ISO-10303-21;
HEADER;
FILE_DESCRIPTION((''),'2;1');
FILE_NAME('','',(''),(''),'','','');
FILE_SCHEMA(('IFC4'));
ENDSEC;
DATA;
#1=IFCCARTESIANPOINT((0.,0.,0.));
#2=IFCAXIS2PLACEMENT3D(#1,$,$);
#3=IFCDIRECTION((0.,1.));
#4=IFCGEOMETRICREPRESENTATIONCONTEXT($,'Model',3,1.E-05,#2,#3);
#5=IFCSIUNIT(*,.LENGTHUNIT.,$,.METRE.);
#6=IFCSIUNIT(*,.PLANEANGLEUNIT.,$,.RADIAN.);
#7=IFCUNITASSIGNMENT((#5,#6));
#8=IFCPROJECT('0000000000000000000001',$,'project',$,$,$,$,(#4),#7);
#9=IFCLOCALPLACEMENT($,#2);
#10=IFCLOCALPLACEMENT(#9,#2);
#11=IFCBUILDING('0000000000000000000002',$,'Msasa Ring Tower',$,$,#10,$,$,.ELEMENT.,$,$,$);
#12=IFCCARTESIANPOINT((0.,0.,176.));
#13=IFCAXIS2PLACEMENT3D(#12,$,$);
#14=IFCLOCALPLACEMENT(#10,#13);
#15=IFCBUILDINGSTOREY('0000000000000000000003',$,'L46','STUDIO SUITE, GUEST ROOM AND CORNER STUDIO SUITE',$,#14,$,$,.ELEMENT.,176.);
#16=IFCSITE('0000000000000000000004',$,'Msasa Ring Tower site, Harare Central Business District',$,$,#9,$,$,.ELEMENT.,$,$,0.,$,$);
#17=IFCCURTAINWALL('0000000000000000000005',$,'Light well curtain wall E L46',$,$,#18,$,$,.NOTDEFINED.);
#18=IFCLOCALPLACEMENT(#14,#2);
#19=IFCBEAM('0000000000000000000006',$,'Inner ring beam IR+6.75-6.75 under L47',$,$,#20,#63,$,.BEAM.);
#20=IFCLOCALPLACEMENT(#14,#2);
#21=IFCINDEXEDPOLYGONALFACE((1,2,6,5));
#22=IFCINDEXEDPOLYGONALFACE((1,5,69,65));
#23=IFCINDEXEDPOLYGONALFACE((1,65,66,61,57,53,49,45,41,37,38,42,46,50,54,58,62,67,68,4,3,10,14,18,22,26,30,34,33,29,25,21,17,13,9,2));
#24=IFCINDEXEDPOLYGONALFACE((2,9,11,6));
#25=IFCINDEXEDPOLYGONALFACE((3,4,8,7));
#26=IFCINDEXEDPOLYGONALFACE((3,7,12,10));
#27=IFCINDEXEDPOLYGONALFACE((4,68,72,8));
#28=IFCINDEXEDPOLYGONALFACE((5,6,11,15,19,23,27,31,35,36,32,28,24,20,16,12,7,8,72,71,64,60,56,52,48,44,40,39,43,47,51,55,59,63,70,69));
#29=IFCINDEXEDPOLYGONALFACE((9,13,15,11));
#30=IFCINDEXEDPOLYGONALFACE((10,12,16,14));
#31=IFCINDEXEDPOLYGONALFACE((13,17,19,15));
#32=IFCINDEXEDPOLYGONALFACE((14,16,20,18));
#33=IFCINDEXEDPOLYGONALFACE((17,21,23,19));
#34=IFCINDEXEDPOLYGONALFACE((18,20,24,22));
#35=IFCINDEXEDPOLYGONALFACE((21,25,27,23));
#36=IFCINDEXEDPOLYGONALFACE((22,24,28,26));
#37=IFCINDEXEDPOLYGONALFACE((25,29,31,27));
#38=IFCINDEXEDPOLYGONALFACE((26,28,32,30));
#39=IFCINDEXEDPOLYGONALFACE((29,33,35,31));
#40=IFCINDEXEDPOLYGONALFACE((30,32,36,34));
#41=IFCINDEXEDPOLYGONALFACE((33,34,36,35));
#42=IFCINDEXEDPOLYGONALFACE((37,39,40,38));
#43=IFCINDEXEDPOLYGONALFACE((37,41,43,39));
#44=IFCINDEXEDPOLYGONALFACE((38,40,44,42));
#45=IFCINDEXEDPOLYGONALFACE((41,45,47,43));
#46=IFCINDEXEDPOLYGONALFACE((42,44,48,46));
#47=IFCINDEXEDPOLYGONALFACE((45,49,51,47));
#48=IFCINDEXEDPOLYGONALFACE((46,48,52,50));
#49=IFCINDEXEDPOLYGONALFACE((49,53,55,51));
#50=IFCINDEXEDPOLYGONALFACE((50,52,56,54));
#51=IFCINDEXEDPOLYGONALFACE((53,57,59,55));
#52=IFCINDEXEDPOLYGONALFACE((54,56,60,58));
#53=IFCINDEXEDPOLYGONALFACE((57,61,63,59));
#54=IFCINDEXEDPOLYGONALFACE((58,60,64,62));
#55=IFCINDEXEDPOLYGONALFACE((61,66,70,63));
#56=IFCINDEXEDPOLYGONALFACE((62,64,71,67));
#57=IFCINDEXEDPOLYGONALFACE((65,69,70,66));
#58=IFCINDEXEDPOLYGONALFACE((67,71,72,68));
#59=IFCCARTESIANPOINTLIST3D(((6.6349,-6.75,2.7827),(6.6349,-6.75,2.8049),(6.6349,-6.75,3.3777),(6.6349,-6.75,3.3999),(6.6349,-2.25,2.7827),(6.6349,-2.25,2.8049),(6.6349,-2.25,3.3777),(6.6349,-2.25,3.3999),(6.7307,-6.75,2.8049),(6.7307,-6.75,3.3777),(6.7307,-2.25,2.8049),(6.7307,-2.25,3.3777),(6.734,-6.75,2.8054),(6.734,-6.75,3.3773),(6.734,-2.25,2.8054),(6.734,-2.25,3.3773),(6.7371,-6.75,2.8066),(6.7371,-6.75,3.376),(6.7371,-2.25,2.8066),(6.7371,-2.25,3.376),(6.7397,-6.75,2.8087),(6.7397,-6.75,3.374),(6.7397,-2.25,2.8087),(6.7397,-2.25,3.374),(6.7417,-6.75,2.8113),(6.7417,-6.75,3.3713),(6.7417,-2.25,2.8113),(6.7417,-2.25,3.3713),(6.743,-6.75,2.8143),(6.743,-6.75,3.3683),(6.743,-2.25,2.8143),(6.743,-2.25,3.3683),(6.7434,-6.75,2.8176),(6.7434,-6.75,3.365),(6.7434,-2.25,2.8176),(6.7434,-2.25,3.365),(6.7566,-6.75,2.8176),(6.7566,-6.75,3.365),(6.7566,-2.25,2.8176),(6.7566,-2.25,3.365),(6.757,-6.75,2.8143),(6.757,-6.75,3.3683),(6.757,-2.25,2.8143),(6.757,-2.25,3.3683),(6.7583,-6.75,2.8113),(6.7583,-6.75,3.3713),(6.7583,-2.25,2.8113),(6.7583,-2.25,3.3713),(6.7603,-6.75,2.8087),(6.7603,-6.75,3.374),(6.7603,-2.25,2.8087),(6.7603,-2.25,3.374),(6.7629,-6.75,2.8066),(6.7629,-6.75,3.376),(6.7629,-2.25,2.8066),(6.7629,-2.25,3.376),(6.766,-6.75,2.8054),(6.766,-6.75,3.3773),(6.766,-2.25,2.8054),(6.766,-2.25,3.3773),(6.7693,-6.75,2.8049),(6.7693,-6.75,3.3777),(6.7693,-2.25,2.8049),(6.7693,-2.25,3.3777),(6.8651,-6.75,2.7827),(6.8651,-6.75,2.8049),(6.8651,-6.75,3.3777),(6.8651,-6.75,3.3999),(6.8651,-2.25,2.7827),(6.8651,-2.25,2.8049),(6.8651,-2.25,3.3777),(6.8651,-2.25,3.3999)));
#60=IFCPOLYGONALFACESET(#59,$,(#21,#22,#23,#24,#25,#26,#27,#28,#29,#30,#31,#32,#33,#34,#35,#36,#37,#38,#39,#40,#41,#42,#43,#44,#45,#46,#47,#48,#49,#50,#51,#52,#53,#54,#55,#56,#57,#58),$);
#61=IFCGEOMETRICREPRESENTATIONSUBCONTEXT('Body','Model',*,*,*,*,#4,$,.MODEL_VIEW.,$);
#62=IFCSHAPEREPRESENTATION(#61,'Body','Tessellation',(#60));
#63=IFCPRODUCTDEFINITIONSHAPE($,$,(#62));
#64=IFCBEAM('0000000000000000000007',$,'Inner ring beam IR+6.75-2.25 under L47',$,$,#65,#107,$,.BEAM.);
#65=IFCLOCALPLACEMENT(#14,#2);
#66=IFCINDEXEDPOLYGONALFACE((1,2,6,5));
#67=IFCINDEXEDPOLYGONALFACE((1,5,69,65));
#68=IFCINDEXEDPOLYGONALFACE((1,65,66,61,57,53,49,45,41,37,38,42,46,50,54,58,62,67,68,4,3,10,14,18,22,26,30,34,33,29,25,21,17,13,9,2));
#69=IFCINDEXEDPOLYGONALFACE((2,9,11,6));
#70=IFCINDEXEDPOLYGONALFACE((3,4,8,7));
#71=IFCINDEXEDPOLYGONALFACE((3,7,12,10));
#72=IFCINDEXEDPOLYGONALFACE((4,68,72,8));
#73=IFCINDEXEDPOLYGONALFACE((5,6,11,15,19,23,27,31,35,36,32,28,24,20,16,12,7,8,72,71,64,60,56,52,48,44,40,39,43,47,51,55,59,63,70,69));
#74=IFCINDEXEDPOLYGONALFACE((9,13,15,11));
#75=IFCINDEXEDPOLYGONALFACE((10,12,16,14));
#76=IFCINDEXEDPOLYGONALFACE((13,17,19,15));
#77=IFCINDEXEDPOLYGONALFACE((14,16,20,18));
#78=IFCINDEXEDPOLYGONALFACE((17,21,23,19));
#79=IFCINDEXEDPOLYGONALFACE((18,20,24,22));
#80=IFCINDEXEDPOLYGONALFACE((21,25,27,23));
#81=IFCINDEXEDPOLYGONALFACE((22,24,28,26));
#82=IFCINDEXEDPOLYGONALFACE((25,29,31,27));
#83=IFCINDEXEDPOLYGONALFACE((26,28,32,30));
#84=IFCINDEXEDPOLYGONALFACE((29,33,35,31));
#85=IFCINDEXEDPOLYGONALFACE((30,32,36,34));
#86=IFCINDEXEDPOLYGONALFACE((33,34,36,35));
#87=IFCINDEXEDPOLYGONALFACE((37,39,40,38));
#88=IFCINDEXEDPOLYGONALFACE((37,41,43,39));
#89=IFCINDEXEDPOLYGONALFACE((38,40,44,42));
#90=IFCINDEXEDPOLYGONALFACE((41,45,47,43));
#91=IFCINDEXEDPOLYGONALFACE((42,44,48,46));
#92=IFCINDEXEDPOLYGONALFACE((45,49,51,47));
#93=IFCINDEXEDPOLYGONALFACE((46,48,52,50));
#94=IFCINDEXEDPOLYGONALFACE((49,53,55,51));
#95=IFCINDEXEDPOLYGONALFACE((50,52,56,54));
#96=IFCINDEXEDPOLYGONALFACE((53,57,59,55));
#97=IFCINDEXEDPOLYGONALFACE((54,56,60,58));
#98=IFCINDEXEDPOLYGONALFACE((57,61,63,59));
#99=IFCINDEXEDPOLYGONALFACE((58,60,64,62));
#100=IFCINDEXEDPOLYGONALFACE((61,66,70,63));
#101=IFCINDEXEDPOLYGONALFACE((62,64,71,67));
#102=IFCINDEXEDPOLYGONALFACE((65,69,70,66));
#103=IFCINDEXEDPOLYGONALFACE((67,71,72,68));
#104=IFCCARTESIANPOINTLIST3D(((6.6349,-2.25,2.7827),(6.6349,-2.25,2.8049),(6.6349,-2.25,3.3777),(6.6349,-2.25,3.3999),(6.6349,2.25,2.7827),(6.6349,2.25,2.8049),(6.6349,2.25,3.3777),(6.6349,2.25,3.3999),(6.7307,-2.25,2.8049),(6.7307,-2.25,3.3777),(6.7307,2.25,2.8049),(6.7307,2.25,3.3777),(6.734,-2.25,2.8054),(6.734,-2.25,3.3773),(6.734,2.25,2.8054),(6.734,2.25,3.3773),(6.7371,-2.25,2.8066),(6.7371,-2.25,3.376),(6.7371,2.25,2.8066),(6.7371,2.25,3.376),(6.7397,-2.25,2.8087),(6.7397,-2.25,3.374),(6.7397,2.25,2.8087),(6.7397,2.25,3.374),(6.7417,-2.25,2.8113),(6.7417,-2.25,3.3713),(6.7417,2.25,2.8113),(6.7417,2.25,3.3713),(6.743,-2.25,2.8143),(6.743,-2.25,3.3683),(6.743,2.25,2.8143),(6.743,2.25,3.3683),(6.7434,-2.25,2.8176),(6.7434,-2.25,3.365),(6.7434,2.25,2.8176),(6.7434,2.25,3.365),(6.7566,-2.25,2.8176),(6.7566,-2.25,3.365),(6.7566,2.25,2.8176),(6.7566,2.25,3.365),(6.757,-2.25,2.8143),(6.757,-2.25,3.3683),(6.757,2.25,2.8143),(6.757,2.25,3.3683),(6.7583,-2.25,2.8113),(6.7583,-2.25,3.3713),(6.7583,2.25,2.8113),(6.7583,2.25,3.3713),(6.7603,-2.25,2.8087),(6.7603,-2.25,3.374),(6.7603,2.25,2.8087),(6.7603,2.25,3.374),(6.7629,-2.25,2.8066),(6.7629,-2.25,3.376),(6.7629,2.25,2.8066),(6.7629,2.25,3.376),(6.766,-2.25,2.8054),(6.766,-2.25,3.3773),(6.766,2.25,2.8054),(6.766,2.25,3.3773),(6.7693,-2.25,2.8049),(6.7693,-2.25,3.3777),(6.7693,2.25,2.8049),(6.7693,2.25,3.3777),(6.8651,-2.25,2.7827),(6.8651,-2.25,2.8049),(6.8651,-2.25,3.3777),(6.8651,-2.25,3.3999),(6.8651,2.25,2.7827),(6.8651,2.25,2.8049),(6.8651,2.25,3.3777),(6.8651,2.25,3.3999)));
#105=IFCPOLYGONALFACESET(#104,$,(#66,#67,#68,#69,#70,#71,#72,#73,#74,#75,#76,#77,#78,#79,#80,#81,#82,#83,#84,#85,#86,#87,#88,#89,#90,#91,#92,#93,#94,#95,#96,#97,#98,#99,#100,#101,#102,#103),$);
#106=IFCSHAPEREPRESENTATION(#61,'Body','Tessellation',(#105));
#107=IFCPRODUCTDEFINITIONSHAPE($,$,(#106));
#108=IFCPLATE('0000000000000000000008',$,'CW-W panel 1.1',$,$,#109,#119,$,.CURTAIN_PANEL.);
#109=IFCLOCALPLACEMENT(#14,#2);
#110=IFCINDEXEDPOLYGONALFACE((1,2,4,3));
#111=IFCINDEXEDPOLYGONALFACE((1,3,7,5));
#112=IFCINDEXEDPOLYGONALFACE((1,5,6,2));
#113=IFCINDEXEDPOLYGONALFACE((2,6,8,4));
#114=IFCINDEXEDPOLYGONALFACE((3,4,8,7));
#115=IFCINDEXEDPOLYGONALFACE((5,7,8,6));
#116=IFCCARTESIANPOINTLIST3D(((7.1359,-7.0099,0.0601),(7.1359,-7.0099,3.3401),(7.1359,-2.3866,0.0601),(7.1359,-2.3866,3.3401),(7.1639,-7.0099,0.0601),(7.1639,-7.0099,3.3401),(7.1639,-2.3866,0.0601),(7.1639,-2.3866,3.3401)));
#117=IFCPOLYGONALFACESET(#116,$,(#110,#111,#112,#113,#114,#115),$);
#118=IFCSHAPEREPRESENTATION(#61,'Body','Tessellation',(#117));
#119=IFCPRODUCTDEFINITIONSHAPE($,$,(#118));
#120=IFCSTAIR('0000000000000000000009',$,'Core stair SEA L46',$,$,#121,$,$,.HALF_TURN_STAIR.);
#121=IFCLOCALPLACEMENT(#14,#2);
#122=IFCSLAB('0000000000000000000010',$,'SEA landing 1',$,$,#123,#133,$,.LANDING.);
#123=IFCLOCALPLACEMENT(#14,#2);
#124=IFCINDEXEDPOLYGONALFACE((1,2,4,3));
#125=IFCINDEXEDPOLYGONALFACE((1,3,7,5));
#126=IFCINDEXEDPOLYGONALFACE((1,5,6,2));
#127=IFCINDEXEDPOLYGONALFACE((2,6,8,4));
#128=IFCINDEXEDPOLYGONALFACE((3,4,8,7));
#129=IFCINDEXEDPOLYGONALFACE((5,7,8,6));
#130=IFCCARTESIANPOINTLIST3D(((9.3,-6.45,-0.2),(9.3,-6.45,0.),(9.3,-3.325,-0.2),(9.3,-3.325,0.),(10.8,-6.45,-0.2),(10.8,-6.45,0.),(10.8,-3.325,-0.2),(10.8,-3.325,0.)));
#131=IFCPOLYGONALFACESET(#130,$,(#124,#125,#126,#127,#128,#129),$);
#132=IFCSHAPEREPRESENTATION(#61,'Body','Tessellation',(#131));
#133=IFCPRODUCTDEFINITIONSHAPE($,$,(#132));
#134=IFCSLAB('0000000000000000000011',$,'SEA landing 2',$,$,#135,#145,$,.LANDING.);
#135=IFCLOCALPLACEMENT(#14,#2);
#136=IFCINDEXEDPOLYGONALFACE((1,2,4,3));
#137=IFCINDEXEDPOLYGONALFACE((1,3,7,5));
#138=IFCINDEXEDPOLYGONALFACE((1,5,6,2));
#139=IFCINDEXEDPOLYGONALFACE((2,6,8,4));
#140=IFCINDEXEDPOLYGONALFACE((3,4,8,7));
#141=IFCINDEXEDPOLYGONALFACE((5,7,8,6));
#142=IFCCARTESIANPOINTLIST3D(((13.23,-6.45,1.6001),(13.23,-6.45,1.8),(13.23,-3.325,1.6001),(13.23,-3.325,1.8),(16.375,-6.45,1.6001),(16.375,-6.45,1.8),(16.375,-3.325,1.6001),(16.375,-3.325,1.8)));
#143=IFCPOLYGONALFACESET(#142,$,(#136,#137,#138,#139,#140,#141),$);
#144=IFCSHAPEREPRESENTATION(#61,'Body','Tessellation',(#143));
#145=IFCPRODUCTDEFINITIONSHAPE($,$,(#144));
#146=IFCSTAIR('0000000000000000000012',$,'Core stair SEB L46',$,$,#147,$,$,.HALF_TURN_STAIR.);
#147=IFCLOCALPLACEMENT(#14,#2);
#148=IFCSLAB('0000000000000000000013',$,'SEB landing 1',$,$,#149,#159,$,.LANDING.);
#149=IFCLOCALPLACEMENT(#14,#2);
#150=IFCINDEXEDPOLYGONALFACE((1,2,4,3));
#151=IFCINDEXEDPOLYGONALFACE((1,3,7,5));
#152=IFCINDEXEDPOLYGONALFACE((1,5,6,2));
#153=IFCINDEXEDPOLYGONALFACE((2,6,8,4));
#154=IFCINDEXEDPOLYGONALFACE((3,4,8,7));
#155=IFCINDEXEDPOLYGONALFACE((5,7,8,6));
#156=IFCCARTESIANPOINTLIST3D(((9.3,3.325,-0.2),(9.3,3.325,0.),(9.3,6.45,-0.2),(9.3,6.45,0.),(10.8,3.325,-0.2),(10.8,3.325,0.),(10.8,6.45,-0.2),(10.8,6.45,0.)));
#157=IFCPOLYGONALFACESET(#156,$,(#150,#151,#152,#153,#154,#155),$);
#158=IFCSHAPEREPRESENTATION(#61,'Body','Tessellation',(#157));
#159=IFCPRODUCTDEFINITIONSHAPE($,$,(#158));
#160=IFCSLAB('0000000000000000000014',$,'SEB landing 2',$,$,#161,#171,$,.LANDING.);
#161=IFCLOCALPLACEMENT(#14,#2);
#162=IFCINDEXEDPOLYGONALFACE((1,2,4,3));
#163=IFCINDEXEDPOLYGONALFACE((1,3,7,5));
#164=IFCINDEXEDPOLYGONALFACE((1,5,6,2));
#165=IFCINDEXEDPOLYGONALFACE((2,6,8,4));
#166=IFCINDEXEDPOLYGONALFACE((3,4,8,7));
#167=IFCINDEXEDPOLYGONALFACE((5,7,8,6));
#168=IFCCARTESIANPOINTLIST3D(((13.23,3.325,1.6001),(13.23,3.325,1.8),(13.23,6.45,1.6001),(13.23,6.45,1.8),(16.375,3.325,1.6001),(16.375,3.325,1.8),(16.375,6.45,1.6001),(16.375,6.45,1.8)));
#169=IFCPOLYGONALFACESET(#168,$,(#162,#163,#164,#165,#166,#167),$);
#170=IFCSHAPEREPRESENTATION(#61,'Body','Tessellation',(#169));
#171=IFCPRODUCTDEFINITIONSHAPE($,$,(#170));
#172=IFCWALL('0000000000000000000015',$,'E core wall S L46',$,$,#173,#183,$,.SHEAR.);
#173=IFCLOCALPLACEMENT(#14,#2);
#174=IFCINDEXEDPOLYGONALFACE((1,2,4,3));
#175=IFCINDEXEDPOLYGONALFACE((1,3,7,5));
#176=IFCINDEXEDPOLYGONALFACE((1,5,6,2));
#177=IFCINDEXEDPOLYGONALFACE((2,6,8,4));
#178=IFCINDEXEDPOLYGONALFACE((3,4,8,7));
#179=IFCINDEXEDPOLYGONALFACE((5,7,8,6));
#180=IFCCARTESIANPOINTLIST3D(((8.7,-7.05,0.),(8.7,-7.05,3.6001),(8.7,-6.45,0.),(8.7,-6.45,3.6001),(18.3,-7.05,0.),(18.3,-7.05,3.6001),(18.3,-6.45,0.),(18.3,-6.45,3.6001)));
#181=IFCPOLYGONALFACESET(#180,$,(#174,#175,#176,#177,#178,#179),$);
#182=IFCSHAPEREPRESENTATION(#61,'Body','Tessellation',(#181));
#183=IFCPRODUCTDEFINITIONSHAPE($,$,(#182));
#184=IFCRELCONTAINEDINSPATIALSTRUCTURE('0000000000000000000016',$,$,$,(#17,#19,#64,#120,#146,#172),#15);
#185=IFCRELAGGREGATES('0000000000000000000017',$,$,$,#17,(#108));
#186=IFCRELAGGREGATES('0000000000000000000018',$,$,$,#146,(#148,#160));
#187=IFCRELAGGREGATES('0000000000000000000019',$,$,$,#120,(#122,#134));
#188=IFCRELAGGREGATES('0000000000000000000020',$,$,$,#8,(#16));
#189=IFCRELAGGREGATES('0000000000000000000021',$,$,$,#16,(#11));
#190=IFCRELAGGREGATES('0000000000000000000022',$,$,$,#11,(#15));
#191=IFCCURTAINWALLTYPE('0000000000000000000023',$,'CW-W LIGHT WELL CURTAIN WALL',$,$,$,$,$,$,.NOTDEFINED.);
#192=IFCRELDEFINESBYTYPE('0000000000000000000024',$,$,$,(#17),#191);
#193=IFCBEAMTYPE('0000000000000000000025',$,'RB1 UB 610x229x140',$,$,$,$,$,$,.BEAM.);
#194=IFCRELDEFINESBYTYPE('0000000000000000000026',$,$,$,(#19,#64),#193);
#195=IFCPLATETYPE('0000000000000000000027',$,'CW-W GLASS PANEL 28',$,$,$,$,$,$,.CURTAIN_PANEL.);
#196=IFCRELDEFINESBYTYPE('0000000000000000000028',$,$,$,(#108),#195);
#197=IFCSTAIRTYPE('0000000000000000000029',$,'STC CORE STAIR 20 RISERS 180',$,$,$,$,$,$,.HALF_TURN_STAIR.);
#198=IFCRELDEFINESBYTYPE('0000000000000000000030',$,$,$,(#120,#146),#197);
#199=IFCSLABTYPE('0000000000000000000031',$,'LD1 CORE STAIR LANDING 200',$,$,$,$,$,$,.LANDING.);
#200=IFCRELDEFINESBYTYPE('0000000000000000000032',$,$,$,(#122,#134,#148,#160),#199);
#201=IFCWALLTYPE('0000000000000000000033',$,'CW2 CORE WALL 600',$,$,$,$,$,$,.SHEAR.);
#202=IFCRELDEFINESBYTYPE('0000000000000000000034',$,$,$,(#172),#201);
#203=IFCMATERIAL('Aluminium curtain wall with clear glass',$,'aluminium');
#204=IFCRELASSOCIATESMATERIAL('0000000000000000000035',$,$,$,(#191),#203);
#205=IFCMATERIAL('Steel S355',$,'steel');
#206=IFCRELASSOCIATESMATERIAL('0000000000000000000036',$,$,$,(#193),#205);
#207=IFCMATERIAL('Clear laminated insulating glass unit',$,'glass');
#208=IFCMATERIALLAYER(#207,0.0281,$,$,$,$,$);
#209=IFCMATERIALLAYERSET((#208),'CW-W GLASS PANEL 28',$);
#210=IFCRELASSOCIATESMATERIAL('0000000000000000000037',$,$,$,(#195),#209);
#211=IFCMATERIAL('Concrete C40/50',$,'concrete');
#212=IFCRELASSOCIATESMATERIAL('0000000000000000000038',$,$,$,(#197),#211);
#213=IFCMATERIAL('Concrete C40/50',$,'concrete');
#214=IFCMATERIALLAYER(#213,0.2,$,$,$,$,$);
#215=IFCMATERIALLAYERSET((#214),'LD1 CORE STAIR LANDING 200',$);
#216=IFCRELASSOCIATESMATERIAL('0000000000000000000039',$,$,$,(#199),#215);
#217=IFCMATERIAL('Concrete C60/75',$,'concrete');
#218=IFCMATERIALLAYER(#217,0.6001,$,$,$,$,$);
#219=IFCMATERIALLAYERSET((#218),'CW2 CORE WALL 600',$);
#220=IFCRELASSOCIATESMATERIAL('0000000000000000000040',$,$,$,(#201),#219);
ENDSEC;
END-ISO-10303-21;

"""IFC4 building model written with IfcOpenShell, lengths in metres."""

from ifc_helpers import new_model, si_unit, direction, frame, frame_2d, origin, origin_2d, place, context, subcontext, project, spatial, polyline, rectangle, i_section, outline, extrude, material, layer, layer_set, material_profile, profile_set, type_object, element, aggregate, save


model = new_model("IFC4")

# Units and contexts
model_context = context("Model", 3, precision=1e-05, world=origin(), true_north=direction((0.0, 1.0)))
body_context = subcontext(model_context, "Body", "Model", "MODEL_VIEW")
ifc_project = project(units=[si_unit("LENGTHUNIT", "METRE"), si_unit("PLANEANGLEUNIT", "RADIAN")], contexts=[model_context])

# Site, building, storey
site_placement = place(None, origin())
site = spatial("IfcSite", under=ifc_project, at=site_placement, Name="Msasa Ring Tower site, Harare Central Business District", CompositionType="ELEMENT", RefElevation=0.0)
building_placement = place(site_placement, origin())
building = spatial("IfcBuilding", under=site, at=building_placement, Name="Msasa Ring Tower", CompositionType="ELEMENT")
storey_placement = place(building_placement, frame((0.0, 0.0, 176.0)))
storey = spatial("IfcBuildingStorey", under=building, at=storey_placement, Name="L46", Description="STUDIO SUITE, GUEST ROOM AND CORNER STUDIO SUITE", CompositionType="ELEMENT", Elevation=176.0)

# Curtain wall
ifc_material_1 = material(Name="Aluminium curtain wall with clear glass", Category="aluminium")
curtain_wall_type = type_object("IfcCurtainWallType", Name="CW-W LIGHT WELL CURTAIN WALL", PredefinedType="NOTDEFINED", material=ifc_material_1)
curtain_wall_placement = place(storey_placement, origin())
curtain_wall = element("IfcCurtainWall", 1, at=curtain_wall_placement, inside=storey, type_object=curtain_wall_type, Name="Light well curtain wall E L46", PredefinedType="NOTDEFINED")

# Beams
ifc_material_2 = material(Name="Steel S355", Category="steel")
ifc_material_profile_1 = material_profile(ifc_material_2, i_section(OverallWidth=0.2302, OverallDepth=0.6172, WebThickness=0.0132, FlangeThickness=0.0222, FilletRadius=0.0127, at=origin_2d()), Name="UB 610x229x140")
ifc_profile_set_1 = profile_set([ifc_material_profile_1], Name="Steel S355")
beam_type = type_object("IfcBeamType", Name="RB1 UB 610x229x140", PredefinedType="BEAM", material=ifc_profile_set_1)
for number, where, z_axis, x_axis, name in (
    (2, (6.75, -6.75, 3.0913), (0.0, 1.0, 0.0), (-1.0, 0.0, 0.0), "Inner ring beam IR+6.75-6.75 under L47"),
    (3, (6.75, -2.25, 3.0913), (0.0, 1.0, 0.0), (-1.0, 0.0, 0.0), "Inner ring beam IR+6.75-2.25 under L47"),
):
    element("IfcBeam", number, at=place(storey_placement, frame(where, z_axis=z_axis, x_axis=x_axis)), inside=storey, type_object=beam_type, Name=name, PredefinedType="BEAM", context=body_context, shape_type="SweptSolid", body=[
        extrude(i_section(OverallWidth=0.2302, OverallDepth=0.6172, WebThickness=0.0132, FlangeThickness=0.0222, FilletRadius=0.0127, at=origin_2d()), origin(), (0.0, 0.0, 1.0), 4.5),
    ])

# Plate
ifc_material_3 = material(Name="Clear laminated insulating glass unit", Category="glass")
ifc_layer_1 = layer(ifc_material_3, 0.0281)
ifc_layer_set_1 = layer_set([ifc_layer_1], Name="CW-W GLASS PANEL 28")
plate_type = type_object("IfcPlateType", Name="CW-W GLASS PANEL 28", PredefinedType="CURTAIN_PANEL", material=ifc_layer_set_1)
plate_placement = place(storey_placement, frame((7.1499, -4.6982, 0.0601), z_axis=(0.0, 0.0, 1.0), x_axis=(0.0, 1.0, 0.0)))
plate = element("IfcPlate", 4, at=plate_placement, type_object=plate_type, Name="CW-W panel 1.1", PredefinedType="CURTAIN_PANEL", context=body_context, shape_type="SweptSolid", body=[
    extrude(rectangle(XDim=4.6233, YDim=0.0281, at=origin_2d()), origin(), (0.0, 0.0, 1.0), 3.28),
])
aggregate(curtain_wall, [plate])

# Stairs, slabs
ifc_material_4 = material(Name="Concrete C40/50", Category="concrete")
stair_type = type_object("IfcStairType", Name="STC CORE STAIR 20 RISERS 180", PredefinedType="HALF_TURN_STAIR", material=ifc_material_4)
stair_1_placement = place(storey_placement, origin())
stair_1 = element("IfcStair", 5, at=stair_1_placement, inside=storey, type_object=stair_type, Name="Core stair SEA L46", PredefinedType="HALF_TURN_STAIR")
ifc_material_5 = material(Name="Concrete C40/50", Category="concrete")
ifc_layer_2 = layer(ifc_material_5, 0.2)
ifc_layer_set_2 = layer_set([ifc_layer_2], Name="LD1 CORE STAIR LANDING 200")
slab_type = type_object("IfcSlabType", Name="LD1 CORE STAIR LANDING 200", PredefinedType="LANDING", material=ifc_layer_set_2)
slab_1_placement = place(storey_placement, frame((0.0, 0.0, -0.2)))
slab_1 = element("IfcSlab", 6, at=slab_1_placement, type_object=slab_type, Name="SEA landing 1", PredefinedType="LANDING", context=body_context, shape_type="SweptSolid", body=[
    extrude(outline(polyline([(9.3, -6.45), (10.8, -6.45), (10.8, -3.325), (9.3, -3.325), (9.3, -6.45)])), origin(), (0.0, 0.0, 1.0), 0.2),
])
slab_2_placement = place(storey_placement, frame((0.0, 0.0, 1.6001)))
slab_2 = element("IfcSlab", 7, at=slab_2_placement, type_object=slab_type, Name="SEA landing 2", PredefinedType="LANDING", context=body_context, shape_type="SweptSolid", body=[
    extrude(outline(polyline([(13.23, -6.45), (16.375, -6.45), (16.375, -3.325), (13.23, -3.325), (13.23, -6.45)])), origin(), (0.0, 0.0, 1.0), 0.2),
])
stair_2_placement = place(storey_placement, origin())
stair_2 = element("IfcStair", 8, at=stair_2_placement, inside=storey, type_object=stair_type, Name="Core stair SEB L46", PredefinedType="HALF_TURN_STAIR")
slab_3_placement = place(storey_placement, frame((0.0, 0.0, -0.2)))
slab_3 = element("IfcSlab", 9, at=slab_3_placement, type_object=slab_type, Name="SEB landing 1", PredefinedType="LANDING", context=body_context, shape_type="SweptSolid", body=[
    extrude(outline(polyline([(9.3, 3.325), (10.8, 3.325), (10.8, 6.45), (9.3, 6.45), (9.3, 3.325)])), origin(), (0.0, 0.0, 1.0), 0.2),
])
slab_4_placement = place(storey_placement, frame((0.0, 0.0, 1.6001)))
slab_4 = element("IfcSlab", 10, at=slab_4_placement, type_object=slab_type, Name="SEB landing 2", PredefinedType="LANDING", context=body_context, shape_type="SweptSolid", body=[
    extrude(outline(polyline([(13.23, 3.325), (16.375, 3.325), (16.375, 6.45), (13.23, 6.45), (13.23, 3.325)])), origin(), (0.0, 0.0, 1.0), 0.2),
])
aggregate(stair_2, [slab_3, slab_4])

# Wall
ifc_material_6 = material(Name="Concrete C60/75", Category="concrete")
ifc_layer_3 = layer(ifc_material_6, 0.6001)
ifc_layer_set_3 = layer_set([ifc_layer_3], Name="CW2 CORE WALL 600")
wall_type_1 = type_object("IfcWallType", Name="CW2 CORE WALL 600", PredefinedType="SHEAR", material=ifc_layer_set_3)
wall_1_placement = place(storey_placement, frame((8.7, -6.75, 0.0), z_axis=(0.0, 0.0, 1.0), x_axis=(1.0, 0.0, 0.0)))
element("IfcWall", 11, at=wall_1_placement, inside=storey, type_object=wall_type_1, Name="E core wall S L46", PredefinedType="SHEAR", context=body_context, shape_type="SweptSolid", body=[
    extrude(rectangle(XDim=9.6001, YDim=0.6001, at=frame_2d((4.8, 0.0))), origin(), (0.0, 0.0, 1.0), 3.6001),
])

aggregate(stair_1, [slab_1, slab_2])

save(model, "model.ifc")
